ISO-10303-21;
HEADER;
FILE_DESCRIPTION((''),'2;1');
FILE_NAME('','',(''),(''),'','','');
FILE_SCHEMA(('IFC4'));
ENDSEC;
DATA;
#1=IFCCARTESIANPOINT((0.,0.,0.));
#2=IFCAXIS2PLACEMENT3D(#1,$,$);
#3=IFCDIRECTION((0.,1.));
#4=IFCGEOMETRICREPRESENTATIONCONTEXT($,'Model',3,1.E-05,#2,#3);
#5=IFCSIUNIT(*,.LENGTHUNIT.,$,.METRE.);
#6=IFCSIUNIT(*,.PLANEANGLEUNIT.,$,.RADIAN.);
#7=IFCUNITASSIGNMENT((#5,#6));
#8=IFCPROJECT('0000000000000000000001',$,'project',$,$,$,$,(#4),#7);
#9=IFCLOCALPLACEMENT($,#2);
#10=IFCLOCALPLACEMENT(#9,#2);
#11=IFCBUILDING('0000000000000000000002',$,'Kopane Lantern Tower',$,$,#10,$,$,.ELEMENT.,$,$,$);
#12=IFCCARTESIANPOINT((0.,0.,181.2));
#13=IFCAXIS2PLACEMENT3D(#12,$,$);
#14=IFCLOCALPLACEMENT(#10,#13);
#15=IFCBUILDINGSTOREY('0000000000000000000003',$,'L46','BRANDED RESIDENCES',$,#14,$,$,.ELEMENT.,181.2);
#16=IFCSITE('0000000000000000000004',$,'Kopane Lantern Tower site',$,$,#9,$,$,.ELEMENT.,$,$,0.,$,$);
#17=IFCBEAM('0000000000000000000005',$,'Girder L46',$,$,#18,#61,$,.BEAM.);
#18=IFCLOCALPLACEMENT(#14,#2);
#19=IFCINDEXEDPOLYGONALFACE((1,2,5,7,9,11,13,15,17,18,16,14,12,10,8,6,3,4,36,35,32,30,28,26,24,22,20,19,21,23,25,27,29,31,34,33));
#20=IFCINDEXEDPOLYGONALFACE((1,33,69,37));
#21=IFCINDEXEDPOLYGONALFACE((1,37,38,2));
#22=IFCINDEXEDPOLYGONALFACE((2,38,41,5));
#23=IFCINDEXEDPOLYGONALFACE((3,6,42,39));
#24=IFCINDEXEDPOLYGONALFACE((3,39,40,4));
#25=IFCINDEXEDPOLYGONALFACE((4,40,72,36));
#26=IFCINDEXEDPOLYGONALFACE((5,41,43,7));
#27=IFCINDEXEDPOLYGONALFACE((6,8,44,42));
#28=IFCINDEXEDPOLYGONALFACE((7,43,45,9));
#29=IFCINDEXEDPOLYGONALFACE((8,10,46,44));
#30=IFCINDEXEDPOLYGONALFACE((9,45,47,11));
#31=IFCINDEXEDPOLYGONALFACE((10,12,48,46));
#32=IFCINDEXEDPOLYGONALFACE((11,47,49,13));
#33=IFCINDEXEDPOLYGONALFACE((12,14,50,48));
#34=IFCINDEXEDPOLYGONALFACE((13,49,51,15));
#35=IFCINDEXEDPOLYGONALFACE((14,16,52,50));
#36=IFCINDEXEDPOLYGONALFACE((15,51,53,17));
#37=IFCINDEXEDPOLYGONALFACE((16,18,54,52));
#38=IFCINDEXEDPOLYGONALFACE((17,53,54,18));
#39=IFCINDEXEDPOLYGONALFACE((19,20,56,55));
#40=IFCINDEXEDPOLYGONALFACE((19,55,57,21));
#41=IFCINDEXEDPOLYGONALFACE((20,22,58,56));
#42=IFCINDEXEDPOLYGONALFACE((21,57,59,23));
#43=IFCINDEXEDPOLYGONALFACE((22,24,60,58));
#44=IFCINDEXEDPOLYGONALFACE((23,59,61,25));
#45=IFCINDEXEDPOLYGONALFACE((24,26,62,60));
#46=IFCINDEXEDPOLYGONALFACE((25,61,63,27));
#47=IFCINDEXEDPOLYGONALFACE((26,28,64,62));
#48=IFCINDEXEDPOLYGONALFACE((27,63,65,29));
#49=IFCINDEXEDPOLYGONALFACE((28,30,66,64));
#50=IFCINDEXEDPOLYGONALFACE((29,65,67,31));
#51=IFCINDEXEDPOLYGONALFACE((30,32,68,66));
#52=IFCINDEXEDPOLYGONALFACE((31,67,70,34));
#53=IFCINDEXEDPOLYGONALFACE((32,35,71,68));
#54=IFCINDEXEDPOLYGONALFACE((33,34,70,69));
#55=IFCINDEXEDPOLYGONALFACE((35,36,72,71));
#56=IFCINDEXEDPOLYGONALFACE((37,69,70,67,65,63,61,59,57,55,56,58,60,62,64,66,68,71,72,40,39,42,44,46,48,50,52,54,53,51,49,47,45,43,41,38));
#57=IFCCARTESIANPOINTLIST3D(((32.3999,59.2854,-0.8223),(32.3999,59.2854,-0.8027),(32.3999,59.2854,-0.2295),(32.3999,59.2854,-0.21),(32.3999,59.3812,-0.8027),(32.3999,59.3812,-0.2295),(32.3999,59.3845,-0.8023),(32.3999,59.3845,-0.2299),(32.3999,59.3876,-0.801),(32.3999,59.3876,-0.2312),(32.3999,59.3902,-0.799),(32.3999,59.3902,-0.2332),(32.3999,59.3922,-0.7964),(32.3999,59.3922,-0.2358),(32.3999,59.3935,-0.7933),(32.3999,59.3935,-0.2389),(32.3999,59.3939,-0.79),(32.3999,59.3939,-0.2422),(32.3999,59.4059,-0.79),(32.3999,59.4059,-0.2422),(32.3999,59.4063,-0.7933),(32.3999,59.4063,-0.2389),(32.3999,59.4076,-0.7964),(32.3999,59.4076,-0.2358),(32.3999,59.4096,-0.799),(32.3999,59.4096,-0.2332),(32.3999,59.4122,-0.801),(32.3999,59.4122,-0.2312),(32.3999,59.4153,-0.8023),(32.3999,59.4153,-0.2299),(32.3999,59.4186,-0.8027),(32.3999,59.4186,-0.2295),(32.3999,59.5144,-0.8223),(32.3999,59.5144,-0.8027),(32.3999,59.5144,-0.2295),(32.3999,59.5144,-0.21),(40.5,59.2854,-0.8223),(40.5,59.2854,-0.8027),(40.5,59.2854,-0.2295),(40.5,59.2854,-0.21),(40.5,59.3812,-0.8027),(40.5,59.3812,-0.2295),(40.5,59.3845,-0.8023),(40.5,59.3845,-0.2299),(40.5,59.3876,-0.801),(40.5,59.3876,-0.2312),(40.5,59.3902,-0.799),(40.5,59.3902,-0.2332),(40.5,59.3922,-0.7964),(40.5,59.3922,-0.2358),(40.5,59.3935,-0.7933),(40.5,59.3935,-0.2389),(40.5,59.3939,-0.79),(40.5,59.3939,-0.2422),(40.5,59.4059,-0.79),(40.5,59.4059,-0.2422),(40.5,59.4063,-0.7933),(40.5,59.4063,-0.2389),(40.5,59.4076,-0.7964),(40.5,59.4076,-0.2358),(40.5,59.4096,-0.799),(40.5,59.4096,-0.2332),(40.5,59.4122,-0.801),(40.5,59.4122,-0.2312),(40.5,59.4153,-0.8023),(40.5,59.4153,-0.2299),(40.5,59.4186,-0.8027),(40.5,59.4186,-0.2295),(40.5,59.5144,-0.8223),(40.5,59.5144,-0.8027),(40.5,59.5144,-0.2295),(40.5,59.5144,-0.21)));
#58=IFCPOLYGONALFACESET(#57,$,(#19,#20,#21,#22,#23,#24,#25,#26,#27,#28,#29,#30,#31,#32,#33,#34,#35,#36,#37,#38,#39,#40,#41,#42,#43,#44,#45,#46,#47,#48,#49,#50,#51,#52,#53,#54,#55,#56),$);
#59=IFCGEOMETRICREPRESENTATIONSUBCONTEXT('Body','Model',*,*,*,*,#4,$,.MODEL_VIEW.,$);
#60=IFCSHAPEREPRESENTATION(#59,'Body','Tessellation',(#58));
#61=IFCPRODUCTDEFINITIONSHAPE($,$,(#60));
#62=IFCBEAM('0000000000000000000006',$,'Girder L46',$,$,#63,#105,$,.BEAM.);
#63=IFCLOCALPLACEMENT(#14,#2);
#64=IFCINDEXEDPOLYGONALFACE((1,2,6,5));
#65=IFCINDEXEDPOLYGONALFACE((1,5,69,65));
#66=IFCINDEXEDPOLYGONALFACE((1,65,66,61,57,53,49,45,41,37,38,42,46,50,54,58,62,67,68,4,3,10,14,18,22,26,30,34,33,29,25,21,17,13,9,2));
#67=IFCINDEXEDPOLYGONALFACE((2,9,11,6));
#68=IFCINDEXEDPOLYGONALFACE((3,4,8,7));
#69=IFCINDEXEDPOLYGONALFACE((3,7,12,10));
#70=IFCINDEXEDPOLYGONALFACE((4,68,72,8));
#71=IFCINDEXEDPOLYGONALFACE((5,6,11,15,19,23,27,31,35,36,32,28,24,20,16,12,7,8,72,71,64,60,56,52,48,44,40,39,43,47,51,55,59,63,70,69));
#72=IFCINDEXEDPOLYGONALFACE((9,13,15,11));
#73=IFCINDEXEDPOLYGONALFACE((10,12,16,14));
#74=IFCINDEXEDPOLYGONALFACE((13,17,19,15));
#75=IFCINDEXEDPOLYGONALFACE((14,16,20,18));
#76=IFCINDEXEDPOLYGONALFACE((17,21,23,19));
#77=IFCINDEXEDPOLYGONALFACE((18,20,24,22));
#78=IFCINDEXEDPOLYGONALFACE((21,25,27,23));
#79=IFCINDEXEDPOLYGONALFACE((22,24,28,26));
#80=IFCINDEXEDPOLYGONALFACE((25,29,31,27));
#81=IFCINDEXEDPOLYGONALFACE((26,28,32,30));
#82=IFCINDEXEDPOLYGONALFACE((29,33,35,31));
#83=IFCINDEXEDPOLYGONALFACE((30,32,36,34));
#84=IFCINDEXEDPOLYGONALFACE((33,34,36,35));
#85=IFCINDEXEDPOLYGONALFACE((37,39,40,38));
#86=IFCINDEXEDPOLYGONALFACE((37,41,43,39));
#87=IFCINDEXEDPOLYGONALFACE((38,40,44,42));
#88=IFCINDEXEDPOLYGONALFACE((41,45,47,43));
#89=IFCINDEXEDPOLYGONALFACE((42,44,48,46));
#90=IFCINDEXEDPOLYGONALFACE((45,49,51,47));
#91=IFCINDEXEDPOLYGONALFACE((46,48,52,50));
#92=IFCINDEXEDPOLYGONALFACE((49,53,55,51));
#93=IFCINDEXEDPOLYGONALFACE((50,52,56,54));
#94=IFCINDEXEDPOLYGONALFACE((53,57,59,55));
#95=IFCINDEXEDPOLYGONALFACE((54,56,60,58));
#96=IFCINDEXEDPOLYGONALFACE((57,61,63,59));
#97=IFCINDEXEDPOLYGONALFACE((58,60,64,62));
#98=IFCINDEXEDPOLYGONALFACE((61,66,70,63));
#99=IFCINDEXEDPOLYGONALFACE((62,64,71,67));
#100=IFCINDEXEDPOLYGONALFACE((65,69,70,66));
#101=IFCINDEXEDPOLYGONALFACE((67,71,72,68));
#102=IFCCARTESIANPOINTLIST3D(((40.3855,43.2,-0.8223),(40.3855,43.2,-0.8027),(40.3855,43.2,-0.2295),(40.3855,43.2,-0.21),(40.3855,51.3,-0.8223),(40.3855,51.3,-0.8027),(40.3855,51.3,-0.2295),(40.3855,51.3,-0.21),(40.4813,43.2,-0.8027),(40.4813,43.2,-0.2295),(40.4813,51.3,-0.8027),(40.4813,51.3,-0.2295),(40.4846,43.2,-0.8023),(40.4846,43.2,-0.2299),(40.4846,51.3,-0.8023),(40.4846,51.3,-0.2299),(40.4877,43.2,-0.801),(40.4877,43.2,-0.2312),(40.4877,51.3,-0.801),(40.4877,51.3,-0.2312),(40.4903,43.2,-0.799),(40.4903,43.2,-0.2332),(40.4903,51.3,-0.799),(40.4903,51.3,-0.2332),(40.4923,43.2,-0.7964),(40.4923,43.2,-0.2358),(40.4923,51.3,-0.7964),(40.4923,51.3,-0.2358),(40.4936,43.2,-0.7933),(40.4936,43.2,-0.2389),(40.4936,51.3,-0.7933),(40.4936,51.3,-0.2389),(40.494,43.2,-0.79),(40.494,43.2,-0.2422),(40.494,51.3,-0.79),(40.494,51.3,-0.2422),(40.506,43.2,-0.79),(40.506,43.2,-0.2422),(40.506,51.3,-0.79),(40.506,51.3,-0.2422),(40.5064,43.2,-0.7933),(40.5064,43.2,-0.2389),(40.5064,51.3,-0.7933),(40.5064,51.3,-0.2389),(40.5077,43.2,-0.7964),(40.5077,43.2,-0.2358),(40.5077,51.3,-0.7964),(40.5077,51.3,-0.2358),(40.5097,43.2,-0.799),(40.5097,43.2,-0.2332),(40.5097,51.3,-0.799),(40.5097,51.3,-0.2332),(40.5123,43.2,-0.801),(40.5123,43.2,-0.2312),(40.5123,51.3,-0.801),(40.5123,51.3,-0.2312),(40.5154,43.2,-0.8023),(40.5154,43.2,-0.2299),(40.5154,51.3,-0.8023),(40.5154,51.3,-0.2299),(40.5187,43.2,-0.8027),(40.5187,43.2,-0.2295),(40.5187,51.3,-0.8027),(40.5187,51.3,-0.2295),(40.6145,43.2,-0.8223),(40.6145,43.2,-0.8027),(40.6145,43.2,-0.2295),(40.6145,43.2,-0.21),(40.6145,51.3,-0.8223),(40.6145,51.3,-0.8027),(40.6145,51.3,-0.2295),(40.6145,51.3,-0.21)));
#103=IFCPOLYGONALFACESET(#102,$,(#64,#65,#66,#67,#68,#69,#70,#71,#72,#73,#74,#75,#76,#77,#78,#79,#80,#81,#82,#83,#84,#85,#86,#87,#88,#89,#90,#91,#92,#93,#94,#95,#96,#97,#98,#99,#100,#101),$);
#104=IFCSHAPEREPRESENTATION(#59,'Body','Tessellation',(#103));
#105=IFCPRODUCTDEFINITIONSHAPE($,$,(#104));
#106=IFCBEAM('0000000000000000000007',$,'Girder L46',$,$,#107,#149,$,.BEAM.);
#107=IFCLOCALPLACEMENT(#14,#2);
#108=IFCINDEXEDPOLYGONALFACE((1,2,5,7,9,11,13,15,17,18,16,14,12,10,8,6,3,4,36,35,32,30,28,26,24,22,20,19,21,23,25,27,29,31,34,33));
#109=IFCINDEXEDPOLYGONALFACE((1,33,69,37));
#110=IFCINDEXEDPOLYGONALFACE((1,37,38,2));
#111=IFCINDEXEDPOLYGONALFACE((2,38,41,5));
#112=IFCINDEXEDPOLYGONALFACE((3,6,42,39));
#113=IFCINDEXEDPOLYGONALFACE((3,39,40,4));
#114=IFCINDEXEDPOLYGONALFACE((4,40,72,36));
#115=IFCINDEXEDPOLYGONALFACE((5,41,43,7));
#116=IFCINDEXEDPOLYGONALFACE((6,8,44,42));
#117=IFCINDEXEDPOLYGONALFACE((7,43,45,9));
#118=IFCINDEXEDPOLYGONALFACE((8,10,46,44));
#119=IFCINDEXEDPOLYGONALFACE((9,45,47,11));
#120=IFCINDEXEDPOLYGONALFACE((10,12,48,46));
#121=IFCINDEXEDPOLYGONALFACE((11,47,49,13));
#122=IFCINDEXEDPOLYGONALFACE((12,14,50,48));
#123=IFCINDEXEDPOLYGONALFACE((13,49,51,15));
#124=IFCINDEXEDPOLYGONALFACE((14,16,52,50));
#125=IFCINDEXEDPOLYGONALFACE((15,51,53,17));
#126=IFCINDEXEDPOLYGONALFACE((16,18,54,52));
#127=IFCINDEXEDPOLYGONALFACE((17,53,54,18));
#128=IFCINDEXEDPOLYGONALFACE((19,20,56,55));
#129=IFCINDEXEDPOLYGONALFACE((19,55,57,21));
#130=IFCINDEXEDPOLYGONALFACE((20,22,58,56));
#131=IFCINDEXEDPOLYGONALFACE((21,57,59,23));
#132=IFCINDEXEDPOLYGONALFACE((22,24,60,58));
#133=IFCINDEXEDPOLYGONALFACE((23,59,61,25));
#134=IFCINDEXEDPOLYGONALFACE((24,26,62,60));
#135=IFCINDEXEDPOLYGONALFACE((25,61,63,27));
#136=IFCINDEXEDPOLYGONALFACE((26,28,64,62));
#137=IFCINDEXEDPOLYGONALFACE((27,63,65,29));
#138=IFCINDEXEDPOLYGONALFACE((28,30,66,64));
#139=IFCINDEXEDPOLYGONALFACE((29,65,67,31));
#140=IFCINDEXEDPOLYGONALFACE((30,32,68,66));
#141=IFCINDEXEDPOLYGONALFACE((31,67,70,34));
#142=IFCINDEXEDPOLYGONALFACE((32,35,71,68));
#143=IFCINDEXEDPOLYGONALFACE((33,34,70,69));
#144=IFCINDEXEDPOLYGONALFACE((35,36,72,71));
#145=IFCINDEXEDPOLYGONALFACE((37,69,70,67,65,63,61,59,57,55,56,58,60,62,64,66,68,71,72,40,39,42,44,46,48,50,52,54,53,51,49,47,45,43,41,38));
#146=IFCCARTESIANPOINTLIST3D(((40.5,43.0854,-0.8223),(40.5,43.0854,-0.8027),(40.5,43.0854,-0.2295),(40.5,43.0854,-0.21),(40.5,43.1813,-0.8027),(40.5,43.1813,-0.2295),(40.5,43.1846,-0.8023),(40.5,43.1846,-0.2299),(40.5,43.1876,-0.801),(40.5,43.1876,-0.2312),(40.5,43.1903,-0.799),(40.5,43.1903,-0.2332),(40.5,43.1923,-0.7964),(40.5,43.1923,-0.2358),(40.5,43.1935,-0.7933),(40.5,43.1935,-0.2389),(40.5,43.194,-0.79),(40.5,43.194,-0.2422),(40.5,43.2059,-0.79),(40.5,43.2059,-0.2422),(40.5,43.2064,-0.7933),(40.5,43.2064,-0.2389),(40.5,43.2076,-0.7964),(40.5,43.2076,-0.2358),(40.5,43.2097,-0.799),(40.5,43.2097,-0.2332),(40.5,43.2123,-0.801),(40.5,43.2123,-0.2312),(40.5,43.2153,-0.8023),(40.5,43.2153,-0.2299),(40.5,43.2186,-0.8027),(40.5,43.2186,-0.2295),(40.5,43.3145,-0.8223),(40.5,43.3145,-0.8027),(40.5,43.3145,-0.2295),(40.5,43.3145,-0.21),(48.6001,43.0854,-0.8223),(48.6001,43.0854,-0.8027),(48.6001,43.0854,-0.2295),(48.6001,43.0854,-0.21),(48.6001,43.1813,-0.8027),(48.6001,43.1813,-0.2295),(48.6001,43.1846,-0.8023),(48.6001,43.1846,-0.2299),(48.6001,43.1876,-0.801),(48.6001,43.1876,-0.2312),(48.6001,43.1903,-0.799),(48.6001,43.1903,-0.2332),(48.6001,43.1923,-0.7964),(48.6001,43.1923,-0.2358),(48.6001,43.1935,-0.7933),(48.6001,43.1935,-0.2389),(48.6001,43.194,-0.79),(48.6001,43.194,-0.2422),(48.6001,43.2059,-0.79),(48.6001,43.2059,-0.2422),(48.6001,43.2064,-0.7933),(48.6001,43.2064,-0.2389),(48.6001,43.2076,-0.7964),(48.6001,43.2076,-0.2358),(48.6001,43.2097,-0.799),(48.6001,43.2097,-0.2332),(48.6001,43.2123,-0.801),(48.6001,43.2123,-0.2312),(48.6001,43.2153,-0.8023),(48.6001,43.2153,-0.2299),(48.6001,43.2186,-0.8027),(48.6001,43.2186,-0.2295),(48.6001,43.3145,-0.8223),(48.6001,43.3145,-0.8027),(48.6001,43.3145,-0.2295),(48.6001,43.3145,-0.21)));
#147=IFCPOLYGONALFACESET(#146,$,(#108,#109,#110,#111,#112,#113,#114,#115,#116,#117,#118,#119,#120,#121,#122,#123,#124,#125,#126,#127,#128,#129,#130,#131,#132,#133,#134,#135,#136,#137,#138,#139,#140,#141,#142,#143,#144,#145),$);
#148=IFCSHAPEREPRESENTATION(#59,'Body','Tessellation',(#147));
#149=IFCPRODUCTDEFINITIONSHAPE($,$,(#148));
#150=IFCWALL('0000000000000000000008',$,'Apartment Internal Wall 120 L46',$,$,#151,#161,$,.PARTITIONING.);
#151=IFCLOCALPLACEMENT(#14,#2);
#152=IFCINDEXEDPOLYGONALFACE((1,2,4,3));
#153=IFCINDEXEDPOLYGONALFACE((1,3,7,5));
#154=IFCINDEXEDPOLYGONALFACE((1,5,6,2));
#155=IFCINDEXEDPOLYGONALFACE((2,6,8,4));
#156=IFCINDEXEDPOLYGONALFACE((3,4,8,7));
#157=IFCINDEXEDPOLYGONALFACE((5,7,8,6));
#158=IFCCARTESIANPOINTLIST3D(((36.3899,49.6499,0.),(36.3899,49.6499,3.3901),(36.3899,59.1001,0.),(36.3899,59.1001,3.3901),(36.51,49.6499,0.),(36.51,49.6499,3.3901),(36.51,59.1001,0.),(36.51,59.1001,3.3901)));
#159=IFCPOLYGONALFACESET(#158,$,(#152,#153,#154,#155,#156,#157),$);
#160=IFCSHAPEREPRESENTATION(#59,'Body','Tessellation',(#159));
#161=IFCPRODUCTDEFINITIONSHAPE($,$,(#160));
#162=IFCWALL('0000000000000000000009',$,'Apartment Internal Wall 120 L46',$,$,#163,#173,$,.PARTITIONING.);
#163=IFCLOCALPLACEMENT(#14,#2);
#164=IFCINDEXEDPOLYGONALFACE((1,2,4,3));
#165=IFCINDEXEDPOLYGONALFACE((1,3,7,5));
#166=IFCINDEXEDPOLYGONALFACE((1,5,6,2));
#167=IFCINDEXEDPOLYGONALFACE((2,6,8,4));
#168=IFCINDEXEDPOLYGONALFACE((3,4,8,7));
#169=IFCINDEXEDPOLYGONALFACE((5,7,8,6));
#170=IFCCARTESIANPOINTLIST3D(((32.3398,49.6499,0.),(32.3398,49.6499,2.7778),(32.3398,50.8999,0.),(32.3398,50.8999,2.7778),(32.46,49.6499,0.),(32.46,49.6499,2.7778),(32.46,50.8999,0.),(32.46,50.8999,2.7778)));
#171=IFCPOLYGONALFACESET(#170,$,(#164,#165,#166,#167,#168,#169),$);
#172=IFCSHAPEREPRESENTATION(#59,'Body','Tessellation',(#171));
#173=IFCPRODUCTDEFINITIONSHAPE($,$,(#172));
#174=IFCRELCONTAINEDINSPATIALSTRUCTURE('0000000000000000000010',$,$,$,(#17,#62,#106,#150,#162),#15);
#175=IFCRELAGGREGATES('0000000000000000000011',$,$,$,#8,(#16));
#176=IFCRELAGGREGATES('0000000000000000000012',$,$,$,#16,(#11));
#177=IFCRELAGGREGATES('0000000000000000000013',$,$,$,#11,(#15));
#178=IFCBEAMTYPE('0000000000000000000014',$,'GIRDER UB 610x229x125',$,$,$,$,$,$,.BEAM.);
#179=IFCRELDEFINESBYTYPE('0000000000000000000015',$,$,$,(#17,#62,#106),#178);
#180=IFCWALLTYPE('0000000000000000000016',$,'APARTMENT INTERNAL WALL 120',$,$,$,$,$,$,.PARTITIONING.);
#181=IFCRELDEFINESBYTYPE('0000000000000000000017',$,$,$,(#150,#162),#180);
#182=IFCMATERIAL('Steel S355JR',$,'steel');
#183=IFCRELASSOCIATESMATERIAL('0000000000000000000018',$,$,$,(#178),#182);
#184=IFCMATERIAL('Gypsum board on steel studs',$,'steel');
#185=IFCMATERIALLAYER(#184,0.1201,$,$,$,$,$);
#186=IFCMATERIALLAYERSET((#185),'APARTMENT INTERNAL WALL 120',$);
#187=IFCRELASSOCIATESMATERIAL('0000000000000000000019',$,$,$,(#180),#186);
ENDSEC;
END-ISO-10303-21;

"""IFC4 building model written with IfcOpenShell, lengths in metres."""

from ifc_helpers import new_model, si_unit, direction, frame, frame_2d, origin, origin_2d, place, context, subcontext, project, spatial, rectangle, i_section, extrude, material, layer, layer_set, material_profile, profile_set, type_object, element, save


model = new_model("IFC4")

# Units and contexts
model_context = context("Model", 3, precision=1e-05, world=origin(), true_north=direction((0.0, 1.0)))
body_context = subcontext(model_context, "Body", "Model", "MODEL_VIEW")
ifc_project = project(units=[si_unit("LENGTHUNIT", "METRE"), si_unit("PLANEANGLEUNIT", "RADIAN")], contexts=[model_context])

# Site, building, storey
site_placement = place(None, origin())
site = spatial("IfcSite", under=ifc_project, at=site_placement, Name="Kopane Lantern Tower site", CompositionType="ELEMENT", RefElevation=0.0)
building_placement = place(site_placement, origin())
building = spatial("IfcBuilding", under=site, at=building_placement, Name="Kopane Lantern Tower", CompositionType="ELEMENT")
storey_placement = place(building_placement, frame((0.0, 0.0, 181.2)))
storey = spatial("IfcBuildingStorey", under=building, at=storey_placement, Name="L46", Description="BRANDED RESIDENCES", CompositionType="ELEMENT", Elevation=181.2)

# Beams
ifc_material_1 = material(Name="Steel S355JR", Category="steel")
ifc_material_profile_1 = material_profile(ifc_material_1, i_section(OverallWidth=0.229, OverallDepth=0.6123, WebThickness=0.012, FlangeThickness=0.0195, FilletRadius=0.0127, at=origin_2d()), Name="UB 610x229x125")
ifc_profile_set_1 = profile_set([ifc_material_profile_1], Name="Steel S355JR")
beam_type_1 = type_object("IfcBeamType", Name="GIRDER UB 610x229x125", PredefinedType="BEAM", material=ifc_profile_set_1)
for number, where, z_axis, x_axis, name in (
    (1, (32.3999, 59.3999, -0.5161), (1.0, 0.0, 0.0), (0.0, 1.0, 0.0), "Girder L46"),
    (2, (40.5, 43.2, -0.5161), (0.0, 1.0, 0.0), (-1.0, 0.0, 0.0), "Girder L46"),
    (3, (40.5, 43.2, -0.5161), (1.0, 0.0, 0.0), (0.0, 1.0, 0.0), "Girder L46"),
):
    element("IfcBeam", number, at=place(storey_placement, frame(where, z_axis=z_axis, x_axis=x_axis)), inside=storey, type_object=beam_type_1, Name=name, PredefinedType="BEAM", context=body_context, shape_type="SweptSolid", body=[
        extrude(i_section(OverallWidth=0.229, OverallDepth=0.6123, WebThickness=0.012, FlangeThickness=0.0195, FilletRadius=0.0127, at=origin_2d()), origin(), (0.0, 0.0, 1.0), 8.1001),
    ])

# Walls
ifc_material_2 = material(Name="Gypsum board on steel studs", Category="steel")
ifc_layer_1 = layer(ifc_material_2, 0.1201)
ifc_layer_set_1 = layer_set([ifc_layer_1], Name="APARTMENT INTERNAL WALL 120")
wall_type_1 = type_object("IfcWallType", Name="APARTMENT INTERNAL WALL 120", PredefinedType="PARTITIONING", material=ifc_layer_set_1)
wall_1_placement = place(storey_placement, frame((36.45, 49.6499, 0.0), z_axis=(0.0, 0.0, 1.0), x_axis=(0.0, 1.0, 0.0)))
element("IfcWall", 4, at=wall_1_placement, inside=storey, type_object=wall_type_1, Name="Apartment Internal Wall 120 L46", PredefinedType="PARTITIONING", context=body_context, shape_type="SweptSolid", body=[
    extrude(rectangle(XDim=9.4502, YDim=0.1201, at=frame_2d((4.7251, 0.0))), origin(), (0.0, 0.0, 1.0), 3.3901),
])
wall_2_placement = place(storey_placement, frame((32.3999, 49.6499, 0.0), z_axis=(0.0, 0.0, 1.0), x_axis=(0.0, 1.0, 0.0)))
element("IfcWall", 5, at=wall_2_placement, inside=storey, type_object=wall_type_1, Name="Apartment Internal Wall 120 L46", PredefinedType="PARTITIONING", context=body_context, shape_type="SweptSolid", body=[
    extrude(rectangle(XDim=1.25, YDim=0.1201, at=frame_2d((0.625, 0.0))), origin(), (0.0, 0.0, 1.0), 2.7778),
])

save(model, "model.ifc")
